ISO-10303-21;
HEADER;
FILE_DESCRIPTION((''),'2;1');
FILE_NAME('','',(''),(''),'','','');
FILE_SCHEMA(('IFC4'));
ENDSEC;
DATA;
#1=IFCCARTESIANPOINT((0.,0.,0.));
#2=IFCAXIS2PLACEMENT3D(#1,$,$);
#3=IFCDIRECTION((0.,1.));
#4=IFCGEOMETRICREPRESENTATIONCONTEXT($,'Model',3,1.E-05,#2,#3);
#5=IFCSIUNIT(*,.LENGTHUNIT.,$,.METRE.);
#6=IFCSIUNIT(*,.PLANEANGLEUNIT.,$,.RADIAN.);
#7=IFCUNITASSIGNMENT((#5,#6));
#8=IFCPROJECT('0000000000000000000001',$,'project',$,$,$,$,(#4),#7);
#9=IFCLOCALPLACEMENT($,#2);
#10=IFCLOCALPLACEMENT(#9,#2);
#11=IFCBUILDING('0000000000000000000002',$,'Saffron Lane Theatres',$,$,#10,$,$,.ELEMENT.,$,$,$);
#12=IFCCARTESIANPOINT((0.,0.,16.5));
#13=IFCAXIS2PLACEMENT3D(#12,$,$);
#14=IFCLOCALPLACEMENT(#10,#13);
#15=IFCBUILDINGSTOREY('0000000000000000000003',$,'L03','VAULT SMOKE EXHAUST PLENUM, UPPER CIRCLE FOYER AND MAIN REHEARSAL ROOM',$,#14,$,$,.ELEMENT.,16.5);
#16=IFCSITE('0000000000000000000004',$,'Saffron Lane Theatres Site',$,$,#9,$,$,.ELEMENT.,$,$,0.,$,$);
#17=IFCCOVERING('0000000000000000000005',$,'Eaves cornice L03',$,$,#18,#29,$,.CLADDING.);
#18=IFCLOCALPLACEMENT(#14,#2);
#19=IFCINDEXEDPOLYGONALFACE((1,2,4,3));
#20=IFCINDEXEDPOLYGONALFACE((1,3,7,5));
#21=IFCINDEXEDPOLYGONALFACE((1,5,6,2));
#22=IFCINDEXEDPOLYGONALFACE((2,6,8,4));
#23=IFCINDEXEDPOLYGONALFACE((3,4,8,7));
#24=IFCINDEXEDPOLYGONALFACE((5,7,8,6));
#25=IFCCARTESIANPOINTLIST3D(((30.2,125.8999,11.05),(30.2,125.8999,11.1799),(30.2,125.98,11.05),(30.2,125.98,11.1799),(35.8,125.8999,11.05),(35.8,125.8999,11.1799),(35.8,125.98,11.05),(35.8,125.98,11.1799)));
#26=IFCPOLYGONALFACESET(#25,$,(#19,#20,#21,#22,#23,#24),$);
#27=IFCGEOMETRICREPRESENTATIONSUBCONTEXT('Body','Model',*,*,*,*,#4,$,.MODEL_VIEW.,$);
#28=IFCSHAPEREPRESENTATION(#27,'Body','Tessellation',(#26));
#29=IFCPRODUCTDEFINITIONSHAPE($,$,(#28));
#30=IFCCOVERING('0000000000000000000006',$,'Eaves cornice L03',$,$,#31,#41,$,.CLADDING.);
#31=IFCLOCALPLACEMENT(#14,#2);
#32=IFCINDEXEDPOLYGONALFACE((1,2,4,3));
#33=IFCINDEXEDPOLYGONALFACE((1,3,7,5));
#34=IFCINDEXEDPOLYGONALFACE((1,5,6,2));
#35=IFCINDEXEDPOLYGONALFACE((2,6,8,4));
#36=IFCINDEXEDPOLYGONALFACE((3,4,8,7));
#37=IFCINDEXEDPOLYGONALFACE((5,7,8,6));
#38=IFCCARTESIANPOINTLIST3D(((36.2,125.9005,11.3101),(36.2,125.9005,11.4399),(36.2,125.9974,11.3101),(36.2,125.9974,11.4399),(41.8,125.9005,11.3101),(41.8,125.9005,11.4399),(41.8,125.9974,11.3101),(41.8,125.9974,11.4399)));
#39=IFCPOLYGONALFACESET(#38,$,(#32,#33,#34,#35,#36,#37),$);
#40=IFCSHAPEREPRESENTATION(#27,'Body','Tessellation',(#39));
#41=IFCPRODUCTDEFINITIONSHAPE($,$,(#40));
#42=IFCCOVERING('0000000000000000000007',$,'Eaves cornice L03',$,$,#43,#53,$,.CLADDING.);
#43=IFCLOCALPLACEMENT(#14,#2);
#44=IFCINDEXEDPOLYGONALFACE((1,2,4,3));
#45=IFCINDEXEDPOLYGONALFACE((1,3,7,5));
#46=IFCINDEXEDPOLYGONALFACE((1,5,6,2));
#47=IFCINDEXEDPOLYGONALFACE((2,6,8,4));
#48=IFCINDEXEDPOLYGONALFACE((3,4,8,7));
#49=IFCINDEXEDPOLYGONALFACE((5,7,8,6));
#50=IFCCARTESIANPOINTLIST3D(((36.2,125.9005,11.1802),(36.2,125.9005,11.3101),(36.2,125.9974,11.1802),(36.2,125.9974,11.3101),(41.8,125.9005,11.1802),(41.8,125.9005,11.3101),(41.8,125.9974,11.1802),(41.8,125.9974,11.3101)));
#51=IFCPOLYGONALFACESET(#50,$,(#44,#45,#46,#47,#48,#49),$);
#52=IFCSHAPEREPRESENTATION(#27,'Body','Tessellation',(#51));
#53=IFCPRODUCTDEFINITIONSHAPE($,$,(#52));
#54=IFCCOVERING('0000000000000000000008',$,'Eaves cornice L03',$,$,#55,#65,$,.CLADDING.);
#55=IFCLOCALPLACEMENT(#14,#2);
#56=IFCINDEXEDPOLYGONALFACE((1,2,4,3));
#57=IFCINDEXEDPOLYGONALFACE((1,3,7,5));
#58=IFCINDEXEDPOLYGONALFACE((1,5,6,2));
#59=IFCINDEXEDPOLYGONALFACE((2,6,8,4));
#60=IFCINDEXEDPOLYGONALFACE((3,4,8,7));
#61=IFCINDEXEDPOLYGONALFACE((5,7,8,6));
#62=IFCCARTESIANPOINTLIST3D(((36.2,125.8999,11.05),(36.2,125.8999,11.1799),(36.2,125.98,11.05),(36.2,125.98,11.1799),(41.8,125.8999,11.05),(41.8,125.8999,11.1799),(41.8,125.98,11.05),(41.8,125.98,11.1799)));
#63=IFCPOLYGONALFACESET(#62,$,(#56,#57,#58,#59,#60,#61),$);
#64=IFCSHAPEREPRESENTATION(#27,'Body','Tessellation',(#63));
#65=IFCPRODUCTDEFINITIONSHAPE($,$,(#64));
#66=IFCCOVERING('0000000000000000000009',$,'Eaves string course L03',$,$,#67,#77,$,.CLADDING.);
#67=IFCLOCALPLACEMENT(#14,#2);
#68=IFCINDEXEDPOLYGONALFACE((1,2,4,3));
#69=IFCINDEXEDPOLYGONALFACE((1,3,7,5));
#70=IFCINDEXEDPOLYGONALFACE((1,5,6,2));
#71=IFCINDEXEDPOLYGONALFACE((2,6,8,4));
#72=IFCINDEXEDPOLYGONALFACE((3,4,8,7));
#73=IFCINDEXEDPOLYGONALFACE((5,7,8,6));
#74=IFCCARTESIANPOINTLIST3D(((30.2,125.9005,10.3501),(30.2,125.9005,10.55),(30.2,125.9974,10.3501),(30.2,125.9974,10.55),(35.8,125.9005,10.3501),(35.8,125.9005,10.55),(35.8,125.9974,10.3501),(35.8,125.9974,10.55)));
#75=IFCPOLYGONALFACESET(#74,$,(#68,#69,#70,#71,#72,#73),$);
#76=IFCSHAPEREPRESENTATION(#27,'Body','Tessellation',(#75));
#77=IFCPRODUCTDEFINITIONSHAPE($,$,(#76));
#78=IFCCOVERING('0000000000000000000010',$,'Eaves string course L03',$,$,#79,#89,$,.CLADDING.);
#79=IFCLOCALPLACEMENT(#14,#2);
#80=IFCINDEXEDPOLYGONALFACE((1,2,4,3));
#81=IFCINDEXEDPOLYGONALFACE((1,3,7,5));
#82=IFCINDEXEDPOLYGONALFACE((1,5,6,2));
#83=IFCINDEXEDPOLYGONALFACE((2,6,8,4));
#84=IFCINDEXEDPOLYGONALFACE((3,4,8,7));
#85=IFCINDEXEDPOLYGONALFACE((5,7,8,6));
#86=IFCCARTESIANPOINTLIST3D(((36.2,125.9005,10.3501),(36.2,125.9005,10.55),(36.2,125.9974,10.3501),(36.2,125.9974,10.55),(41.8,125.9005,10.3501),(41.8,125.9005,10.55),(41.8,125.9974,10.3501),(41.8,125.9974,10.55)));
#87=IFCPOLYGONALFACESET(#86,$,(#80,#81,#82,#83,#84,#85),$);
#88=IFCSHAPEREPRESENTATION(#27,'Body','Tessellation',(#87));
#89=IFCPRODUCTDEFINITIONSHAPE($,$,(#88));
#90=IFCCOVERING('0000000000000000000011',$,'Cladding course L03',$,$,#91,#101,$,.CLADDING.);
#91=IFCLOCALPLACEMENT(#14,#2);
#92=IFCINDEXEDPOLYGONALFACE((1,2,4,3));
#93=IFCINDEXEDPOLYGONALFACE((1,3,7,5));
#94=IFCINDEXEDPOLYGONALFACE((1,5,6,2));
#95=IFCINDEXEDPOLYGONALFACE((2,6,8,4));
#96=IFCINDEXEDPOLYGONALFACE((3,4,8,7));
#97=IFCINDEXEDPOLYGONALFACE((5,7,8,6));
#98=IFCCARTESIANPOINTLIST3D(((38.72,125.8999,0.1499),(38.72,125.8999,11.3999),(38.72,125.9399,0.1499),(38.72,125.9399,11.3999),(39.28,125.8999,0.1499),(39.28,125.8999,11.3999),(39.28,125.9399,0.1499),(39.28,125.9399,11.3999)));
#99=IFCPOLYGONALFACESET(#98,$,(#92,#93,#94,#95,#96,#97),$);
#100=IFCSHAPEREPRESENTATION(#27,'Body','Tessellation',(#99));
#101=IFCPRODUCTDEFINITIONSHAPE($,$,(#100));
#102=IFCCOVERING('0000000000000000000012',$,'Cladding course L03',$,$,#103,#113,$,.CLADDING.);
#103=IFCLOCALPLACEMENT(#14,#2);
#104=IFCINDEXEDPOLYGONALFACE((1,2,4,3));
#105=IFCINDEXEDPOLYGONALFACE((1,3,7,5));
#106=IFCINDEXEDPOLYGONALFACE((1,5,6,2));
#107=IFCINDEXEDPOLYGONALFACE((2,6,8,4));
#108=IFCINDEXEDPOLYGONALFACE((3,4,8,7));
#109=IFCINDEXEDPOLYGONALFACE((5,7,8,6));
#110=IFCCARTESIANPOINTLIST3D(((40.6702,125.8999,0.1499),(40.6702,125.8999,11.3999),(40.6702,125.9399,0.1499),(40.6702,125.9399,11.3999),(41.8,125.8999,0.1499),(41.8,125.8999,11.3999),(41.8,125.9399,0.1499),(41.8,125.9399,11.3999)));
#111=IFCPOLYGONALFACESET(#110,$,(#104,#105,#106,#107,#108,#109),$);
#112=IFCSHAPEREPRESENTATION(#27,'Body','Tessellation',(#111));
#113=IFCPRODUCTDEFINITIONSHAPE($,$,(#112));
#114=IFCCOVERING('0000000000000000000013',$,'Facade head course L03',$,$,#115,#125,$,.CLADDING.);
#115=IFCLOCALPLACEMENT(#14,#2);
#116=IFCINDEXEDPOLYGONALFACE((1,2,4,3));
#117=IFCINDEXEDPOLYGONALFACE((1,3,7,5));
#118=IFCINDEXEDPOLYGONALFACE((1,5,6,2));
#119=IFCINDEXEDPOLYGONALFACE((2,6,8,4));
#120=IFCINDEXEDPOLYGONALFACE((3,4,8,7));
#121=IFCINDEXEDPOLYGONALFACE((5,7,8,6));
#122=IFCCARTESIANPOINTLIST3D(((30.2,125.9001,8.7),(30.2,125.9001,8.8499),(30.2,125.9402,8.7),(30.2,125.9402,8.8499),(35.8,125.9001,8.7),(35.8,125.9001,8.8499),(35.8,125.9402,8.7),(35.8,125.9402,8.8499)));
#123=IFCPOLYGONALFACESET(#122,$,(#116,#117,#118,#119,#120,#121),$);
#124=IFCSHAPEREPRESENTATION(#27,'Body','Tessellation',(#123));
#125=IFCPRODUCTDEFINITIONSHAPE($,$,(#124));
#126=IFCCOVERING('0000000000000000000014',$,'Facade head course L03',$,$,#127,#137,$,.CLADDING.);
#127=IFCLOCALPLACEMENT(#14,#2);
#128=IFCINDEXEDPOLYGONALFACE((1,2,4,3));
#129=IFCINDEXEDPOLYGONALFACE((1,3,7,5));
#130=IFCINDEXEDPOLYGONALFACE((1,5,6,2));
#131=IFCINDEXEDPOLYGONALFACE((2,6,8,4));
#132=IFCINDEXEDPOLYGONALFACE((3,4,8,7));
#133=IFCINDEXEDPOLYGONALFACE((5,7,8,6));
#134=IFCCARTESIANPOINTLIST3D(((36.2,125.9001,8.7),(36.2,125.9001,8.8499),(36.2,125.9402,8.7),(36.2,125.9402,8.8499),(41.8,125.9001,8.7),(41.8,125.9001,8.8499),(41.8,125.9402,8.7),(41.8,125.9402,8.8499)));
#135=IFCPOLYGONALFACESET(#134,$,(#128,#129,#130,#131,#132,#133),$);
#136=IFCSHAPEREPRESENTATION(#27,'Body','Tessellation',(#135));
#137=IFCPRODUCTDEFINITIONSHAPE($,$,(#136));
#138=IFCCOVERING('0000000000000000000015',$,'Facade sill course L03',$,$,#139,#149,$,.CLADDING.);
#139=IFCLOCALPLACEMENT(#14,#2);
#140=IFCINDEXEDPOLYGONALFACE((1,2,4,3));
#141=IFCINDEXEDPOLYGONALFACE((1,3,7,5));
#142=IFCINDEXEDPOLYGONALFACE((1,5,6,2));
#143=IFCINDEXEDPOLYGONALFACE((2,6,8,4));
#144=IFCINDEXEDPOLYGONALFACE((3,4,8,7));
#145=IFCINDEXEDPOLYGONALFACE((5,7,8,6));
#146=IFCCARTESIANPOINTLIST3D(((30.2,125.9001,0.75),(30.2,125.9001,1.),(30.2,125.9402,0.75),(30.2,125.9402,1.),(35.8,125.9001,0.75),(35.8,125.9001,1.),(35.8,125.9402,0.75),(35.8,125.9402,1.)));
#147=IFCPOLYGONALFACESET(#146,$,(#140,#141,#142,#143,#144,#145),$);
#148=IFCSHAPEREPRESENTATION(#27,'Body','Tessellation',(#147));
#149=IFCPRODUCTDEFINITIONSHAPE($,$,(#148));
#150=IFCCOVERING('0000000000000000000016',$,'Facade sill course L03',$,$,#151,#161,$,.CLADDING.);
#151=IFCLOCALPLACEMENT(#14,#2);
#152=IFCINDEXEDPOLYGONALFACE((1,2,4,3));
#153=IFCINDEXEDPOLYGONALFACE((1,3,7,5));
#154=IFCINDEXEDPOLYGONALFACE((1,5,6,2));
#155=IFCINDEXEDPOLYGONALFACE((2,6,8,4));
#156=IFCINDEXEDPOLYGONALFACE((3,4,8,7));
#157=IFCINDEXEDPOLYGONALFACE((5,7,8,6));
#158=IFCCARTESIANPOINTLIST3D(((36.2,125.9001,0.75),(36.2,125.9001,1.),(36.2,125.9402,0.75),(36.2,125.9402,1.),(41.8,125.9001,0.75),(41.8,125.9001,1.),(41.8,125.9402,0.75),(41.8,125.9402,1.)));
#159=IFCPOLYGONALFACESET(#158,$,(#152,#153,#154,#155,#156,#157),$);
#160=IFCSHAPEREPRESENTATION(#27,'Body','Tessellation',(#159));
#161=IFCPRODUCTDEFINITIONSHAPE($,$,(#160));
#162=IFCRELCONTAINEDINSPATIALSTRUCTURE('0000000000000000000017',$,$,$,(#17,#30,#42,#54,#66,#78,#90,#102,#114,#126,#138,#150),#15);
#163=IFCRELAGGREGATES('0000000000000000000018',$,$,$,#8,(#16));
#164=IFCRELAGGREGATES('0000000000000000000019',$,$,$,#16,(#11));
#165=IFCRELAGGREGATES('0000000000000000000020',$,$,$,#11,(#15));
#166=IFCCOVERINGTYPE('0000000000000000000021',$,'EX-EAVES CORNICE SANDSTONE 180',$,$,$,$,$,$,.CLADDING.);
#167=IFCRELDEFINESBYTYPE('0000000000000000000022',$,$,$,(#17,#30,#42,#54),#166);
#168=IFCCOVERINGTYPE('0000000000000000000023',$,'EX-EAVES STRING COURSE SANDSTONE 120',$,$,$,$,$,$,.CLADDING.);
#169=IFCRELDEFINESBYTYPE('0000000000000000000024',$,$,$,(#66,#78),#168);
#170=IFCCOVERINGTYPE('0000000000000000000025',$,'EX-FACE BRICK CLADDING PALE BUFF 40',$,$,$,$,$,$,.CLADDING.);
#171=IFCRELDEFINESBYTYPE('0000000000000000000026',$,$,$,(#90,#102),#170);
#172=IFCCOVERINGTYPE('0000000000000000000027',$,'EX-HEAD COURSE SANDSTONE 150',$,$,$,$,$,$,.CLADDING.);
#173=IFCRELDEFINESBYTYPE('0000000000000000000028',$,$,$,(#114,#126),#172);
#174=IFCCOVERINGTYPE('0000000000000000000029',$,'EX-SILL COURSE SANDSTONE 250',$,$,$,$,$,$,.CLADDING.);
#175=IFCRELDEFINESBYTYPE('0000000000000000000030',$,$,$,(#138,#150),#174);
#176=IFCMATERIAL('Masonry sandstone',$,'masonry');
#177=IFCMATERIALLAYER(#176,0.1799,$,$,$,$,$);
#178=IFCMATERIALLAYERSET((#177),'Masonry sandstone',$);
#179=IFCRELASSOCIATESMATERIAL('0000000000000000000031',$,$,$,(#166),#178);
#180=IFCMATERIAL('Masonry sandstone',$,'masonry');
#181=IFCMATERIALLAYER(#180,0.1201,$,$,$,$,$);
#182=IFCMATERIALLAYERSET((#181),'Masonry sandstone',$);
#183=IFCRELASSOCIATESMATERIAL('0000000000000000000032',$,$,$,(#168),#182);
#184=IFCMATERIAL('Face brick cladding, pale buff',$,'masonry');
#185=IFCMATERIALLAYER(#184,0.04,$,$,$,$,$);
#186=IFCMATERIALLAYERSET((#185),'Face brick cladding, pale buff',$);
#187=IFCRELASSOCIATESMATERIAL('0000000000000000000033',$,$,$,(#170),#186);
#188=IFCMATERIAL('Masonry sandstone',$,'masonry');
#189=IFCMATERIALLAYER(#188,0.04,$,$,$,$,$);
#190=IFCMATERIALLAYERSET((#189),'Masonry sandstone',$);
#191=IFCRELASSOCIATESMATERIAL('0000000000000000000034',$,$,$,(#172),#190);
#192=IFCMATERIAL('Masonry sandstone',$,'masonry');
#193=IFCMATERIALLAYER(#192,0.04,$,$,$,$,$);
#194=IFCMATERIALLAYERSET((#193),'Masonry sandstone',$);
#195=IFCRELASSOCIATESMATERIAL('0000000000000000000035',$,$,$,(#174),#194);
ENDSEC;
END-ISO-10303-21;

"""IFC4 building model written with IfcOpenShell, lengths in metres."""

from ifc_helpers import new_model, si_unit, direction, frame, origin, origin_2d, place, context, subcontext, project, spatial, rectangle, extrude, material, layer, layer_set, type_object, element, save


model = new_model("IFC4")

# Units and contexts
model_context = context("Model", 3, precision=1e-05, world=origin(), true_north=direction((0.0, 1.0)))
body_context = subcontext(model_context, "Body", "Model", "MODEL_VIEW")
ifc_project = project(units=[si_unit("LENGTHUNIT", "METRE"), si_unit("PLANEANGLEUNIT", "RADIAN")], contexts=[model_context])

# Site, building, storey
site_placement = place(None, origin())
site = spatial("IfcSite", under=ifc_project, at=site_placement, Name="Saffron Lane Theatres Site", CompositionType="ELEMENT", RefElevation=0.0)
building_placement = place(site_placement, origin())
building = spatial("IfcBuilding", under=site, at=building_placement, Name="Saffron Lane Theatres", CompositionType="ELEMENT")
storey_placement = place(building_placement, frame((0.0, 0.0, 16.5)))
storey = spatial("IfcBuildingStorey", under=building, at=storey_placement, Name="L03", Description="VAULT SMOKE EXHAUST PLENUM, UPPER CIRCLE FOYER AND MAIN REHEARSAL ROOM", CompositionType="ELEMENT", Elevation=16.5)

# Coverings
ifc_material_1 = material(Name="Masonry sandstone", Category="masonry")
ifc_layer_1 = layer(ifc_material_1, 0.1799)
ifc_layer_set_1 = layer_set([ifc_layer_1], Name="Masonry sandstone")
covering_type_1 = type_object("IfcCoveringType", Name="EX-EAVES CORNICE SANDSTONE 180", PredefinedType="CLADDING", material=ifc_layer_set_1)
covering_1_placement = place(storey_placement, frame((33.0, 125.9399, 11.05), z_axis=(0.0, 0.0, 1.0), x_axis=(1.0, 0.0, 0.0)))
element("IfcCovering", 1, at=covering_1_placement, inside=storey, type_object=covering_type_1, Name="Eaves cornice L03", PredefinedType="CLADDING", context=body_context, shape_type="SweptSolid", body=[
    extrude(rectangle(XDim=5.6001, YDim=0.0801, at=origin_2d()), origin(), (0.0, 0.0, 1.0), 0.1299),
])
for number, where, z_axis, x_axis, name in (
    (2, (39.0, 125.949, 11.3101), (0.0, 0.0, 1.0), (1.0, 0.0, 0.0), "Eaves cornice L03"),
    (3, (39.0, 125.949, 11.1802), (0.0, 0.0, 1.0), (1.0, 0.0, 0.0), "Eaves cornice L03"),
):
    element("IfcCovering", number, at=place(storey_placement, frame(where, z_axis=z_axis, x_axis=x_axis)), inside=storey, type_object=covering_type_1, Name=name, PredefinedType="CLADDING", context=body_context, shape_type="SweptSolid", body=[
        extrude(rectangle(XDim=5.6001, YDim=0.0969, at=origin_2d()), origin(), (0.0, 0.0, 1.0), 0.1299),
    ])
covering_2_placement = place(storey_placement, frame((39.0, 125.9399, 11.05), z_axis=(0.0, 0.0, 1.0), x_axis=(1.0, 0.0, 0.0)))
element("IfcCovering", 4, at=covering_2_placement, inside=storey, type_object=covering_type_1, Name="Eaves cornice L03", PredefinedType="CLADDING", context=body_context, shape_type="SweptSolid", body=[
    extrude(rectangle(XDim=5.6001, YDim=0.0801, at=origin_2d()), origin(), (0.0, 0.0, 1.0), 0.1299),
])
ifc_material_2 = material(Name="Masonry sandstone", Category="masonry")
ifc_layer_2 = layer(ifc_material_2, 0.1201)
ifc_layer_set_2 = layer_set([ifc_layer_2], Name="Masonry sandstone")
covering_type_2 = type_object("IfcCoveringType", Name="EX-EAVES STRING COURSE SANDSTONE 120", PredefinedType="CLADDING", material=ifc_layer_set_2)
for number, where, z_axis, x_axis, name in (
    (5, (33.0, 125.949, 10.3501), (0.0, 0.0, 1.0), (1.0, 0.0, 0.0), "Eaves string course L03"),
    (6, (39.0, 125.949, 10.3501), (0.0, 0.0, 1.0), (1.0, 0.0, 0.0), "Eaves string course L03"),
):
    element("IfcCovering", number, at=place(storey_placement, frame(where, z_axis=z_axis, x_axis=x_axis)), inside=storey, type_object=covering_type_2, Name=name, PredefinedType="CLADDING", context=body_context, shape_type="SweptSolid", body=[
        extrude(rectangle(XDim=5.6001, YDim=0.0969, at=origin_2d()), origin(), (0.0, 0.0, 1.0), 0.2),
    ])
ifc_material_3 = material(Name="Face brick cladding, pale buff", Category="masonry")
ifc_layer_3 = layer(ifc_material_3, 0.04)
ifc_layer_set_3 = layer_set([ifc_layer_3], Name="Face brick cladding, pale buff")
covering_type_3 = type_object("IfcCoveringType", Name="EX-FACE BRICK CLADDING PALE BUFF 40", PredefinedType="CLADDING", material=ifc_layer_set_3)
covering_3_placement = place(storey_placement, frame((39.0, 125.9199, 0.1499), z_axis=(0.0, 0.0, 1.0), x_axis=(1.0, 0.0, 0.0)))
element("IfcCovering", 7, at=covering_3_placement, inside=storey, type_object=covering_type_3, Name="Cladding course L03", PredefinedType="CLADDING", context=body_context, shape_type="SweptSolid", body=[
    extrude(rectangle(XDim=0.5601, YDim=0.04, at=origin_2d()), origin(), (0.0, 0.0, 1.0), 11.25),
])
covering_4_placement = place(storey_placement, frame((41.2351, 125.9199, 0.1499), z_axis=(0.0, 0.0, 1.0), x_axis=(1.0, 0.0, 0.0)))
element("IfcCovering", 8, at=covering_4_placement, inside=storey, type_object=covering_type_3, Name="Cladding course L03", PredefinedType="CLADDING", context=body_context, shape_type="SweptSolid", body=[
    extrude(rectangle(XDim=1.1299, YDim=0.04, at=origin_2d()), origin(), (0.0, 0.0, 1.0), 11.25),
])
ifc_material_4 = material(Name="Masonry sandstone", Category="masonry")
ifc_layer_4 = layer(ifc_material_4, 0.04)
ifc_layer_set_4 = layer_set([ifc_layer_4], Name="Masonry sandstone")
covering_type_4 = type_object("IfcCoveringType", Name="EX-HEAD COURSE SANDSTONE 150", PredefinedType="CLADDING", material=ifc_layer_set_4)
for number, where, z_axis, x_axis, name in (
    (9, (33.0, 125.9202, 8.7), (0.0, 0.0, 1.0), (1.0, 0.0, 0.0), "Facade head course L03"),
    (10, (39.0, 125.9202, 8.7), (0.0, 0.0, 1.0), (1.0, 0.0, 0.0), "Facade head course L03"),
):
    element("IfcCovering", number, at=place(storey_placement, frame(where, z_axis=z_axis, x_axis=x_axis)), inside=storey, type_object=covering_type_4, Name=name, PredefinedType="CLADDING", context=body_context, shape_type="SweptSolid", body=[
        extrude(rectangle(XDim=5.6001, YDim=0.04, at=origin_2d()), origin(), (0.0, 0.0, 1.0), 0.1499),
    ])
ifc_material_5 = material(Name="Masonry sandstone", Category="masonry")
ifc_layer_5 = layer(ifc_material_5, 0.04)
ifc_layer_set_5 = layer_set([ifc_layer_5], Name="Masonry sandstone")
covering_type_5 = type_object("IfcCoveringType", Name="EX-SILL COURSE SANDSTONE 250", PredefinedType="CLADDING", material=ifc_layer_set_5)
for number, where, z_axis, x_axis, name in (
    (11, (33.0, 125.9202, 0.75), (0.0, 0.0, 1.0), (1.0, 0.0, 0.0), "Facade sill course L03"),
    (12, (39.0, 125.9202, 0.75), (0.0, 0.0, 1.0), (1.0, 0.0, 0.0), "Facade sill course L03"),
):
    element("IfcCovering", number, at=place(storey_placement, frame(where, z_axis=z_axis, x_axis=x_axis)), inside=storey, type_object=covering_type_5, Name=name, PredefinedType="CLADDING", context=body_context, shape_type="SweptSolid", body=[
        extrude(rectangle(XDim=5.6001, YDim=0.04, at=origin_2d()), origin(), (0.0, 0.0, 1.0), 0.25),
    ])

save(model, "model.ifc")
